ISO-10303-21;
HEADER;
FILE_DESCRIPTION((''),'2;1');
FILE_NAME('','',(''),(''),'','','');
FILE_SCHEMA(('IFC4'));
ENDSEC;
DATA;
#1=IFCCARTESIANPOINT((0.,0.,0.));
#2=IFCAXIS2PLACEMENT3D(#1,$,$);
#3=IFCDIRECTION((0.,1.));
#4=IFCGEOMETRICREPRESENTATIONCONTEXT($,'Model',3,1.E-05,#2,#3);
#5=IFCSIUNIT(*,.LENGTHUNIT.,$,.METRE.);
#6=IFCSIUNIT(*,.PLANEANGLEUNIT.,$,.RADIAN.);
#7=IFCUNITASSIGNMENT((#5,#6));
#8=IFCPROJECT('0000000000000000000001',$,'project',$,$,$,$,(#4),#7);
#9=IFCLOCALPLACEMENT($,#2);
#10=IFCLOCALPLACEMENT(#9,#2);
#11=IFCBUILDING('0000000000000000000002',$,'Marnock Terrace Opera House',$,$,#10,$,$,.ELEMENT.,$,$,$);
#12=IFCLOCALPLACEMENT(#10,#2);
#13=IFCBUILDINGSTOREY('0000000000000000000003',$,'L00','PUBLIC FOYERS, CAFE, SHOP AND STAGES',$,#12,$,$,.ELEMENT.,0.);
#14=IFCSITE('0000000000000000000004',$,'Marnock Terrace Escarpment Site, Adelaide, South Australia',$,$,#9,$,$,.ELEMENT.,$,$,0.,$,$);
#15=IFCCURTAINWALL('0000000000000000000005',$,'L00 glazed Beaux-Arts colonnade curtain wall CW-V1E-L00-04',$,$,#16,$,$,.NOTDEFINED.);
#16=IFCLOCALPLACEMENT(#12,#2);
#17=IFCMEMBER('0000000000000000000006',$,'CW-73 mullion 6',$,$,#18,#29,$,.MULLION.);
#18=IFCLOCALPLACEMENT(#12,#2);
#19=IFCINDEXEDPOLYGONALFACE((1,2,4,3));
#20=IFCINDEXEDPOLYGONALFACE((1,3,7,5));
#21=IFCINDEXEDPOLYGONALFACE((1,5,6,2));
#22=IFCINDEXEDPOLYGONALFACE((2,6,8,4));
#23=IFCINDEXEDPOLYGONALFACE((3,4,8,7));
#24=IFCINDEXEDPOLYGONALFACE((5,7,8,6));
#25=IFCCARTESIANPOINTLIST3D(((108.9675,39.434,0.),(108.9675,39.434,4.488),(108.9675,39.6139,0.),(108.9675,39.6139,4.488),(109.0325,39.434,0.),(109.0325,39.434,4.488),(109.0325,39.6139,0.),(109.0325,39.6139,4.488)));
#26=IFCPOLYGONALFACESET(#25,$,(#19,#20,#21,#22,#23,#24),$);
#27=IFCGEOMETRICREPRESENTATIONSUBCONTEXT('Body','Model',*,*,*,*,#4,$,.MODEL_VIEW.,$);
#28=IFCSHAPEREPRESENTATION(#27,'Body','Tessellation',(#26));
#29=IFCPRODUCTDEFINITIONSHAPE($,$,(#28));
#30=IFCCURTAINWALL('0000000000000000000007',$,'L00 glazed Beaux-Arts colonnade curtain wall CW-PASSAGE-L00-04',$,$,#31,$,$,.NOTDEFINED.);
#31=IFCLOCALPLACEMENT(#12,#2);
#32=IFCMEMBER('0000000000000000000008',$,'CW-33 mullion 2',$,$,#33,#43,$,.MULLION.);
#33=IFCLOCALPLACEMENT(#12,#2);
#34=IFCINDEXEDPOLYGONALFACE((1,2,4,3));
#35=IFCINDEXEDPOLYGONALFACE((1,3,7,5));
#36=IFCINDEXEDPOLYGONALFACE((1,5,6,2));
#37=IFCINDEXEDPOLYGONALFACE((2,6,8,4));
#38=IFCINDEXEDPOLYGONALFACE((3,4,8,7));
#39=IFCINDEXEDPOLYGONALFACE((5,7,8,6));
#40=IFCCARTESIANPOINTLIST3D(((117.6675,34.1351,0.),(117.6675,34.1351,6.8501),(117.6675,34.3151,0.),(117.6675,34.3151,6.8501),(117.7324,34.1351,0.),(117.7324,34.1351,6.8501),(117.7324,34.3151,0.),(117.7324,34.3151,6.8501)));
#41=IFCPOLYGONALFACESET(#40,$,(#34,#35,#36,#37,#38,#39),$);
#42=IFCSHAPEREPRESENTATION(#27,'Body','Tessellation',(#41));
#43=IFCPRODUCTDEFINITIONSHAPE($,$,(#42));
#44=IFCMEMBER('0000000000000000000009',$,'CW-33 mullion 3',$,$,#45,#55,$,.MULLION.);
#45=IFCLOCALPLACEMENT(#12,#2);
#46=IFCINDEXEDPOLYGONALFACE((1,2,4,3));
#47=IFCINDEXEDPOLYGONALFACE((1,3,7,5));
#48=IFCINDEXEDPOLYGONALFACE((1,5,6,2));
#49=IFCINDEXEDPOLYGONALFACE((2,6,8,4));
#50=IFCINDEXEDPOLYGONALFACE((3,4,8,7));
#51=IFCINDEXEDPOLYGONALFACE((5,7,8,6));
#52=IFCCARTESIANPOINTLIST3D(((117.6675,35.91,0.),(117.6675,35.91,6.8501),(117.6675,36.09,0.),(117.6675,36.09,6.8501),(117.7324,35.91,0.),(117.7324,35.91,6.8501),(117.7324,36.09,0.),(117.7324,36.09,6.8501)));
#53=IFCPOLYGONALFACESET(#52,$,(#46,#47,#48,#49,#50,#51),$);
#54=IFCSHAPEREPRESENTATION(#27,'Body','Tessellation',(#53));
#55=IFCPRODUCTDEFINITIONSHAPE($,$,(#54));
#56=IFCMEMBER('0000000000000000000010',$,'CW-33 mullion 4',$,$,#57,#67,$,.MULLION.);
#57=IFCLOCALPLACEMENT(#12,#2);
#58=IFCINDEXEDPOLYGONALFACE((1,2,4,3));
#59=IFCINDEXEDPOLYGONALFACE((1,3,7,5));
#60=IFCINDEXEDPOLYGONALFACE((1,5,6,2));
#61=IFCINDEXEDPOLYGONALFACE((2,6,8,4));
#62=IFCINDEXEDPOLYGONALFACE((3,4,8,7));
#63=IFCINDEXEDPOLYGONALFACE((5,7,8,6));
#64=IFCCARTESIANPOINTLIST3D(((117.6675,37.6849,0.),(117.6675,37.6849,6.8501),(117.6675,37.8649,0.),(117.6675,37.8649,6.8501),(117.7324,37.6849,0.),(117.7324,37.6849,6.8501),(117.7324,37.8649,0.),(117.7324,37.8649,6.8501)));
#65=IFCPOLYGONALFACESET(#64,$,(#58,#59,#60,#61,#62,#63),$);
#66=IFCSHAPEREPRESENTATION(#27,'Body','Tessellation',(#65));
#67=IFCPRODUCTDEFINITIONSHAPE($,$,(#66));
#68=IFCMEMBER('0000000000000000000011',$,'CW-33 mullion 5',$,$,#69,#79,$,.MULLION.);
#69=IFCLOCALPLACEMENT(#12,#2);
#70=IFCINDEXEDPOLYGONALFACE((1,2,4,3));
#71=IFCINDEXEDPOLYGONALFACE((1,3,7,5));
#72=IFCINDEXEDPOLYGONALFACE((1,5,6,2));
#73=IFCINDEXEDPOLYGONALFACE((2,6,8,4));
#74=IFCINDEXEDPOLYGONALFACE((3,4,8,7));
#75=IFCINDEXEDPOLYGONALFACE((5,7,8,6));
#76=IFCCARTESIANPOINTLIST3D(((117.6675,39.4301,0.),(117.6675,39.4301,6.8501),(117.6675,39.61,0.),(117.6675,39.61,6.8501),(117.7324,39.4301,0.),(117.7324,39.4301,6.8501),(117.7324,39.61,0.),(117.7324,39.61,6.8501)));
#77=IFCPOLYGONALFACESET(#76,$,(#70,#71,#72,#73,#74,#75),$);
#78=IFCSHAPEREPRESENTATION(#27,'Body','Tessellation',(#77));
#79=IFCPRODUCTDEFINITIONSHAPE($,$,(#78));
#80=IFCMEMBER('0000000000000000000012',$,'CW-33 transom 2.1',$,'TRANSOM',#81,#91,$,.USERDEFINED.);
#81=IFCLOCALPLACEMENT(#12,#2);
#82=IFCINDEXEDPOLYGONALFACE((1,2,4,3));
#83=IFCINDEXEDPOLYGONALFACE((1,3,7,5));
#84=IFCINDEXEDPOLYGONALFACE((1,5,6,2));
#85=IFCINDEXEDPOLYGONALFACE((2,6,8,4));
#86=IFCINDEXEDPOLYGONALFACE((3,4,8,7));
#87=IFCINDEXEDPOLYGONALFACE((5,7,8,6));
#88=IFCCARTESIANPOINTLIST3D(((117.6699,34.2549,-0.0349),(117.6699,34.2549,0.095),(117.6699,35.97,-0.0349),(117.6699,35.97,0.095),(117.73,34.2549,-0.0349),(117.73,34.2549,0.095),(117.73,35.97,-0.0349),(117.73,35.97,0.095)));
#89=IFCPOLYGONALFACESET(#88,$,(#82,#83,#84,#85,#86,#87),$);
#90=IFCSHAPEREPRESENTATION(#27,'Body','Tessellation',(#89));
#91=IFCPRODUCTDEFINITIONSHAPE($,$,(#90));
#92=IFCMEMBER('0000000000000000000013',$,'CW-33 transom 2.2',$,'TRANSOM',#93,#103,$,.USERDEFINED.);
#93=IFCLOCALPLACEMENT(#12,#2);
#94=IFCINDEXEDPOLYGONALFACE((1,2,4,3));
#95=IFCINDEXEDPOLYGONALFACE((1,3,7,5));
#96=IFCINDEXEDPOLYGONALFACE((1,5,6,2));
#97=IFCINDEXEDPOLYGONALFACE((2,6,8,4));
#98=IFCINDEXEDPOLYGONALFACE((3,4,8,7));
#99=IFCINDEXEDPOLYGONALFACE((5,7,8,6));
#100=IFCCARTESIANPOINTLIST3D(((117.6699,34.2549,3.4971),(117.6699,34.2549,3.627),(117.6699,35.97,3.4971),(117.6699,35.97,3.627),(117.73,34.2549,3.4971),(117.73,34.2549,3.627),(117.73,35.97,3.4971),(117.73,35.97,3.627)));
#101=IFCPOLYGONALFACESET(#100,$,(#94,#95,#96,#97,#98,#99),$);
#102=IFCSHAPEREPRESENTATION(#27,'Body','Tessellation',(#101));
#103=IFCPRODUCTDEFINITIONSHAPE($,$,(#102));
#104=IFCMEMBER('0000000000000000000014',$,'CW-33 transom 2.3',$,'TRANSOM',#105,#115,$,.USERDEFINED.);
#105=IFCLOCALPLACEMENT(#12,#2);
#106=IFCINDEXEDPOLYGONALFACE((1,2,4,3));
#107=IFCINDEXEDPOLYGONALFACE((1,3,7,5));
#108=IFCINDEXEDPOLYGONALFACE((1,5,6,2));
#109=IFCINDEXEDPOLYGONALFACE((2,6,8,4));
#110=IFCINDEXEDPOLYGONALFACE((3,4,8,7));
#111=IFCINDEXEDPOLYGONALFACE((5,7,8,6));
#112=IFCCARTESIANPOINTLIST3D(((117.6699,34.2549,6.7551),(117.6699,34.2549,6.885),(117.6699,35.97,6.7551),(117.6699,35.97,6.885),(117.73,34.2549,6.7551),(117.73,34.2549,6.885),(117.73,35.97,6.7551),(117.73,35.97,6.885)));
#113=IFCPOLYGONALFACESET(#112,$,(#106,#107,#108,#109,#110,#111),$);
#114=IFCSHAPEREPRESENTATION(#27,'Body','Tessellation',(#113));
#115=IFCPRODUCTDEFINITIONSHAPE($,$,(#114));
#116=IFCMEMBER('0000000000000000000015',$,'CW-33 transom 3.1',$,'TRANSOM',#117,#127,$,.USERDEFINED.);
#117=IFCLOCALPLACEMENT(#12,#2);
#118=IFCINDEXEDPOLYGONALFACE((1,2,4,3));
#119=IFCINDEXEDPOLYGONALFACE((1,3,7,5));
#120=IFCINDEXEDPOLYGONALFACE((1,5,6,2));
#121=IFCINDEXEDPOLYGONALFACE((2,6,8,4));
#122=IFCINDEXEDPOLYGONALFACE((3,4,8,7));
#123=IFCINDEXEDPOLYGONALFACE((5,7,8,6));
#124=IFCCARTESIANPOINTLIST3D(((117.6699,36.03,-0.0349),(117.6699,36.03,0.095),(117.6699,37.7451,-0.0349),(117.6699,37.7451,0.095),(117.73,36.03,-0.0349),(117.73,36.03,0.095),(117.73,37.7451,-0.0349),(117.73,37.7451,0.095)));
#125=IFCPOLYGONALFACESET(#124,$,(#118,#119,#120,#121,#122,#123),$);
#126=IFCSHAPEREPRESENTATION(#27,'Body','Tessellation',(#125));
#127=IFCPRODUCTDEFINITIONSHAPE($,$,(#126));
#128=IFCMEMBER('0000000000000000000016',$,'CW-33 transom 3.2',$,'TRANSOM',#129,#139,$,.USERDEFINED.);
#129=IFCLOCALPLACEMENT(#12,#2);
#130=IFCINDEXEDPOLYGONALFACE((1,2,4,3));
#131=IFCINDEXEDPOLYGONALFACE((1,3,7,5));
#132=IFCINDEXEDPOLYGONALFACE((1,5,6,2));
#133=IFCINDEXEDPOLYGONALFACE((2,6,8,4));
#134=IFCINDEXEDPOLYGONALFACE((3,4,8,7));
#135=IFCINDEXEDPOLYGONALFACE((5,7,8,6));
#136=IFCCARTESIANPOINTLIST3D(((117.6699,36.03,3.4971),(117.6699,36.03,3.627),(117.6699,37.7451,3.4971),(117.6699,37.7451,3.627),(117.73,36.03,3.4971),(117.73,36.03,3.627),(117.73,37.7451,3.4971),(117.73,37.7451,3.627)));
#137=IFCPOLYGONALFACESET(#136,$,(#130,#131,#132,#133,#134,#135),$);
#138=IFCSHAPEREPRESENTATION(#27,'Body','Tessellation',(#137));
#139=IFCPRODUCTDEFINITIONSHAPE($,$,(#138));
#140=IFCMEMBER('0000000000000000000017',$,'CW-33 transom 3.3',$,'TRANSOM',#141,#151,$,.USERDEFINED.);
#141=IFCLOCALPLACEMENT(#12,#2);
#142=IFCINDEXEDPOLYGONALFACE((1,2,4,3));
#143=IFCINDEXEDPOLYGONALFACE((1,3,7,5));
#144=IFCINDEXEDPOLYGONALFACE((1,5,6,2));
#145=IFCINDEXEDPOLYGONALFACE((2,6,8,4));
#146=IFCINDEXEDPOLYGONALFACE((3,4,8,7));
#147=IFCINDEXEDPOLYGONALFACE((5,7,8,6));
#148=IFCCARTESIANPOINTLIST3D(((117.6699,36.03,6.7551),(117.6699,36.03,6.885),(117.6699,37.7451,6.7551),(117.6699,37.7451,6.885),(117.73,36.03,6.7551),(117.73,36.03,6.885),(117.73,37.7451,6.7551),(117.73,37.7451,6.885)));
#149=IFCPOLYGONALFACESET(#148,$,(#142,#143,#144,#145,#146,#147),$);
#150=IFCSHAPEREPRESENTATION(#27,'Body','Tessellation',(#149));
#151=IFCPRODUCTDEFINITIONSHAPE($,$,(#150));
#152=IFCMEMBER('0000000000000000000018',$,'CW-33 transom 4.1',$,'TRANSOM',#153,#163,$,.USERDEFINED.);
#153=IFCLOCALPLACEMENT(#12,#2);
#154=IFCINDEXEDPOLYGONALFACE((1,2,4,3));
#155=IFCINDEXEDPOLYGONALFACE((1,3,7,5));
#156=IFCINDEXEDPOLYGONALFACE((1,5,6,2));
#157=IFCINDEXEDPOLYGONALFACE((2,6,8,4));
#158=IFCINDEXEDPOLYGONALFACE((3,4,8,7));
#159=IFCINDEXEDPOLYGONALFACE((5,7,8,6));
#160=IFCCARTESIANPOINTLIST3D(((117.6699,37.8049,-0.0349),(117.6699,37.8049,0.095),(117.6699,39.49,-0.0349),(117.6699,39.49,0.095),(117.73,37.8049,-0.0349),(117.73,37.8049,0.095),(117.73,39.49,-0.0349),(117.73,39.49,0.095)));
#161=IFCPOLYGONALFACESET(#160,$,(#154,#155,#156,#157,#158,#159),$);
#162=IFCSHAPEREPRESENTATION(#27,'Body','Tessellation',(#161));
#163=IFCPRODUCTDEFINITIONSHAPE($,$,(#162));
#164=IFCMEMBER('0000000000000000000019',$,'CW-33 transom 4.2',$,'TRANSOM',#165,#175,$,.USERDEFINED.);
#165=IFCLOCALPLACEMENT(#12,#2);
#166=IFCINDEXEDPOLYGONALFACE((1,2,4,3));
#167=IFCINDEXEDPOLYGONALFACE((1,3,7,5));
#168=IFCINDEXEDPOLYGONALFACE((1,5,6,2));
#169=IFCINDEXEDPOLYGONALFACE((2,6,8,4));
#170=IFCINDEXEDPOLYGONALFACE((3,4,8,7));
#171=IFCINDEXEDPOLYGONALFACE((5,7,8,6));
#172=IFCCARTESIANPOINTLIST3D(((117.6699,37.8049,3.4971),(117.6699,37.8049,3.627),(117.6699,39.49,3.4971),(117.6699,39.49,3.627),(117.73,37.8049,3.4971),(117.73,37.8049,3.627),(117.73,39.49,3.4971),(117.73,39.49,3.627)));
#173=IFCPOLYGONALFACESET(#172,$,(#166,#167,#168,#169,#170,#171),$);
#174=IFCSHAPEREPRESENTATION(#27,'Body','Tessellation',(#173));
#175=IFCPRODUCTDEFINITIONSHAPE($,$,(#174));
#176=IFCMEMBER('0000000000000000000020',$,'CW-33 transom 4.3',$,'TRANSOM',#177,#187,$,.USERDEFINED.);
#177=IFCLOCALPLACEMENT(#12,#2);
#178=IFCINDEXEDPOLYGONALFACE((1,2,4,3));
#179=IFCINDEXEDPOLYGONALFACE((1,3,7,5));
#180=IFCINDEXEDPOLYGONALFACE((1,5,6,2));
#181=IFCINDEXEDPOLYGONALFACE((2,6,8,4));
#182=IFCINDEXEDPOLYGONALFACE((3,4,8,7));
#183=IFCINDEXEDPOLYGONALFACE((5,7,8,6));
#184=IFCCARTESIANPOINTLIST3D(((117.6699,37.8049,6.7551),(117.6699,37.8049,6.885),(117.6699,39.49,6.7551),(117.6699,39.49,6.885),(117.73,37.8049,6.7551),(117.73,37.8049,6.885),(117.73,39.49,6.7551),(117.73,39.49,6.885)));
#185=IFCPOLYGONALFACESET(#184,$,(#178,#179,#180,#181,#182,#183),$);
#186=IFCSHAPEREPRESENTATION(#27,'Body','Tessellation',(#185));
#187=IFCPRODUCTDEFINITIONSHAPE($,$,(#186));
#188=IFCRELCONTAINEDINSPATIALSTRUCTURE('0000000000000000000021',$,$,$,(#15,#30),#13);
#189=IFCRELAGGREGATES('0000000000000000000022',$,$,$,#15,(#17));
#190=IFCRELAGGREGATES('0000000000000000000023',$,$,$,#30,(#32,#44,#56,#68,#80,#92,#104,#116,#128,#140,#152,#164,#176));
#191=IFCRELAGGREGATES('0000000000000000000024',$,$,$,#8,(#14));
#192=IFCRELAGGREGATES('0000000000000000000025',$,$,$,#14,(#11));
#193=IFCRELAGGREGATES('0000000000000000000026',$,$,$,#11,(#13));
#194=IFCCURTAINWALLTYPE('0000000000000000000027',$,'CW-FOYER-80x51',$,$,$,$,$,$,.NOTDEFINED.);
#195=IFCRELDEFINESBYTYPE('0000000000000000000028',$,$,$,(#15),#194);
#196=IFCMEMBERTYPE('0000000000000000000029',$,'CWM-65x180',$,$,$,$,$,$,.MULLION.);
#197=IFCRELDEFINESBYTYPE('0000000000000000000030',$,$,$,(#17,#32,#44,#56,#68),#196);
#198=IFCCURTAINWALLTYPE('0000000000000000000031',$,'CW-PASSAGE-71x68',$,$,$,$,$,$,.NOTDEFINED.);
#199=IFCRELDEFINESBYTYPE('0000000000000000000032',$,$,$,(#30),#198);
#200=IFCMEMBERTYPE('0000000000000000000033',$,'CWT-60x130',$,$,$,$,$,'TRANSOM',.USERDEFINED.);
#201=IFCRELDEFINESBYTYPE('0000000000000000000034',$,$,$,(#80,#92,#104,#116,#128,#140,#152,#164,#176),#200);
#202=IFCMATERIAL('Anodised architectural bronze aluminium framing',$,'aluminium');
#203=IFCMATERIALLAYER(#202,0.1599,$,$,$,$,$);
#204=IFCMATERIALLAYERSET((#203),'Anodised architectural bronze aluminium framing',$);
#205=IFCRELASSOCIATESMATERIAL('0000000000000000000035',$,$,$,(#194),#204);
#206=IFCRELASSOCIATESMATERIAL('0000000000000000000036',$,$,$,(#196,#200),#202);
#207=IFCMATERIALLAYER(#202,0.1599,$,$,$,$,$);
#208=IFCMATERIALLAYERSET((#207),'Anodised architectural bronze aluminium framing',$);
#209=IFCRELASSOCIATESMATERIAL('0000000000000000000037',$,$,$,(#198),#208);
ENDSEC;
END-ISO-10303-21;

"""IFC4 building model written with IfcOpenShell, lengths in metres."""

from ifc_helpers import new_model, si_unit, direction, frame, origin, origin_2d, place, context, subcontext, project, spatial, rectangle, extrude, material, layer, layer_set, material_profile, profile_set, type_object, element, aggregate, save


model = new_model("IFC4")

# Units and contexts
model_context = context("Model", 3, precision=1e-05, world=origin(), true_north=direction((0.0, 1.0)))
body_context = subcontext(model_context, "Body", "Model", "MODEL_VIEW")
ifc_project = project(units=[si_unit("LENGTHUNIT", "METRE"), si_unit("PLANEANGLEUNIT", "RADIAN")], contexts=[model_context])

# Site, building, storey
site_placement = place(None, origin())
site = spatial("IfcSite", under=ifc_project, at=site_placement, Name="Marnock Terrace Escarpment Site, Adelaide, South Australia", CompositionType="ELEMENT", RefElevation=0.0)
building_placement = place(site_placement, origin())
building = spatial("IfcBuilding", under=site, at=building_placement, Name="Marnock Terrace Opera House", CompositionType="ELEMENT")
storey_placement = place(building_placement, origin())
storey = spatial("IfcBuildingStorey", under=building, at=storey_placement, Name="L00", Description="PUBLIC FOYERS, CAFE, SHOP AND STAGES", CompositionType="ELEMENT", Elevation=0.0)

# Curtain wall, member
ifc_material_1 = material(Name="Anodised architectural bronze aluminium framing", Category="aluminium")
ifc_layer_1 = layer(ifc_material_1, 0.1599)
ifc_layer_set_1 = layer_set([ifc_layer_1], Name="Anodised architectural bronze aluminium framing")
curtain_wall_type_1 = type_object("IfcCurtainWallType", Name="CW-FOYER-80x51", PredefinedType="NOTDEFINED", material=ifc_layer_set_1)
curtain_wall_1_placement = place(storey_placement, origin())
curtain_wall_1 = element("IfcCurtainWall", 1, at=curtain_wall_1_placement, inside=storey, type_object=curtain_wall_type_1, Name="L00 glazed Beaux-Arts colonnade curtain wall CW-V1E-L00-04", PredefinedType="NOTDEFINED")
ifc_material_profile_1 = material_profile(ifc_material_1, rectangle(XDim=0.0649, YDim=0.1799, at=origin_2d()))
ifc_profile_set_1 = profile_set([ifc_material_profile_1], Name="Anodised architectural bronze aluminium framing")
member_type_1 = type_object("IfcMemberType", Name="CWM-65x180", PredefinedType="MULLION", material=ifc_profile_set_1)
member_1_placement = place(storey_placement, frame((109.0, 39.5239, 0.0), z_axis=(0.0, 0.0, 1.0), x_axis=(-1.0, 0.0, 0.0)))
member_1 = element("IfcMember", 2, at=member_1_placement, type_object=member_type_1, Name="CW-73 mullion 6", PredefinedType="MULLION", context=body_context, shape_type="SweptSolid", body=[
    extrude(rectangle(XDim=0.0649, YDim=0.1799, at=origin_2d()), origin(), (0.0, 0.0, 1.0), 4.488),
])

# Curtain wall, members
ifc_layer_2 = layer(ifc_material_1, 0.1599)
ifc_layer_set_2 = layer_set([ifc_layer_2], Name="Anodised architectural bronze aluminium framing")
curtain_wall_type_2 = type_object("IfcCurtainWallType", Name="CW-PASSAGE-71x68", PredefinedType="NOTDEFINED", material=ifc_layer_set_2)
curtain_wall_2_placement = place(storey_placement, origin())
curtain_wall_2 = element("IfcCurtainWall", 3, at=curtain_wall_2_placement, inside=storey, type_object=curtain_wall_type_2, Name="L00 glazed Beaux-Arts colonnade curtain wall CW-PASSAGE-L00-04", PredefinedType="NOTDEFINED")
member_2_placement = place(storey_placement, frame((117.7, 34.2251, 0.0), z_axis=(0.0, 0.0, 1.0), x_axis=(-1.0, 0.0, 0.0)))
member_2 = element("IfcMember", 4, at=member_2_placement, type_object=member_type_1, Name="CW-33 mullion 2", PredefinedType="MULLION", context=body_context, shape_type="SweptSolid", body=[
    extrude(rectangle(XDim=0.0649, YDim=0.1799, at=origin_2d()), origin(), (0.0, 0.0, 1.0), 6.8501),
])
member_3_placement = place(storey_placement, frame((117.7, 36.0, 0.0), z_axis=(0.0, 0.0, 1.0), x_axis=(-1.0, 0.0, 0.0)))
member_3 = element("IfcMember", 5, at=member_3_placement, type_object=member_type_1, Name="CW-33 mullion 3", PredefinedType="MULLION", context=body_context, shape_type="SweptSolid", body=[
    extrude(rectangle(XDim=0.0649, YDim=0.1799, at=origin_2d()), origin(), (0.0, 0.0, 1.0), 6.8501),
])
member_4_placement = place(storey_placement, frame((117.7, 37.7749, 0.0), z_axis=(0.0, 0.0, 1.0), x_axis=(-1.0, 0.0, 0.0)))
member_4 = element("IfcMember", 6, at=member_4_placement, type_object=member_type_1, Name="CW-33 mullion 4", PredefinedType="MULLION", context=body_context, shape_type="SweptSolid", body=[
    extrude(rectangle(XDim=0.0649, YDim=0.1799, at=origin_2d()), origin(), (0.0, 0.0, 1.0), 6.8501),
])
member_5_placement = place(storey_placement, frame((117.7, 39.52, 0.0), z_axis=(0.0, 0.0, 1.0), x_axis=(-1.0, 0.0, 0.0)))
member_5 = element("IfcMember", 7, at=member_5_placement, type_object=member_type_1, Name="CW-33 mullion 5", PredefinedType="MULLION", context=body_context, shape_type="SweptSolid", body=[
    extrude(rectangle(XDim=0.0649, YDim=0.1799, at=origin_2d()), origin(), (0.0, 0.0, 1.0), 6.8501),
])
ifc_material_profile_2 = material_profile(ifc_material_1, rectangle(XDim=0.0601, YDim=0.1299, at=origin_2d()))
ifc_profile_set_2 = profile_set([ifc_material_profile_2], Name="Anodised architectural bronze aluminium framing")
member_type_2 = type_object("IfcMemberType", Name="CWT-60x130", ElementType="TRANSOM", PredefinedType="USERDEFINED", material=ifc_profile_set_2)
member_6_placement = place(storey_placement, frame((117.7, 34.2549, 0.03), z_axis=(0.0, 1.0, 0.0), x_axis=(-1.0, 0.0, 0.0)))
member_6 = element("IfcMember", 8, at=member_6_placement, type_object=member_type_2, Name="CW-33 transom 2.1", ObjectType="TRANSOM", PredefinedType="USERDEFINED", context=body_context, shape_type="SweptSolid", body=[
    extrude(rectangle(XDim=0.0601, YDim=0.1299, at=origin_2d()), origin(), (0.0, 0.0, 1.0), 1.7151),
])
member_7_placement = place(storey_placement, frame((117.7, 34.2549, 3.562), z_axis=(0.0, 1.0, 0.0), x_axis=(-1.0, 0.0, 0.0)))
member_7 = element("IfcMember", 9, at=member_7_placement, type_object=member_type_2, Name="CW-33 transom 2.2", ObjectType="TRANSOM", PredefinedType="USERDEFINED", context=body_context, shape_type="SweptSolid", body=[
    extrude(rectangle(XDim=0.0601, YDim=0.1299, at=origin_2d()), origin(), (0.0, 0.0, 1.0), 1.7151),
])
member_8_placement = place(storey_placement, frame((117.7, 34.2549, 6.8201), z_axis=(0.0, 1.0, 0.0), x_axis=(-1.0, 0.0, 0.0)))
member_8 = element("IfcMember", 10, at=member_8_placement, type_object=member_type_2, Name="CW-33 transom 2.3", ObjectType="TRANSOM", PredefinedType="USERDEFINED", context=body_context, shape_type="SweptSolid", body=[
    extrude(rectangle(XDim=0.0601, YDim=0.1299, at=origin_2d()), origin(), (0.0, 0.0, 1.0), 1.7151),
])
member_9_placement = place(storey_placement, frame((117.7, 36.03, 0.03), z_axis=(0.0, 1.0, 0.0), x_axis=(-1.0, 0.0, 0.0)))
member_9 = element("IfcMember", 11, at=member_9_placement, type_object=member_type_2, Name="CW-33 transom 3.1", ObjectType="TRANSOM", PredefinedType="USERDEFINED", context=body_context, shape_type="SweptSolid", body=[
    extrude(rectangle(XDim=0.0601, YDim=0.1299, at=origin_2d()), origin(), (0.0, 0.0, 1.0), 1.7151),
])
member_10_placement = place(storey_placement, frame((117.7, 36.03, 3.562), z_axis=(0.0, 1.0, 0.0), x_axis=(-1.0, 0.0, 0.0)))
member_10 = element("IfcMember", 12, at=member_10_placement, type_object=member_type_2, Name="CW-33 transom 3.2", ObjectType="TRANSOM", PredefinedType="USERDEFINED", context=body_context, shape_type="SweptSolid", body=[
    extrude(rectangle(XDim=0.0601, YDim=0.1299, at=origin_2d()), origin(), (0.0, 0.0, 1.0), 1.7151),
])
member_11_placement = place(storey_placement, frame((117.7, 36.03, 6.8201), z_axis=(0.0, 1.0, 0.0), x_axis=(-1.0, 0.0, 0.0)))
member_11 = element("IfcMember", 13, at=member_11_placement, type_object=member_type_2, Name="CW-33 transom 3.3", ObjectType="TRANSOM", PredefinedType="USERDEFINED", context=body_context, shape_type="SweptSolid", body=[
    extrude(rectangle(XDim=0.0601, YDim=0.1299, at=origin_2d()), origin(), (0.0, 0.0, 1.0), 1.7151),
])
member_12_placement = place(storey_placement, frame((117.7, 37.8049, 0.03), z_axis=(0.0, 1.0, 0.0), x_axis=(-1.0, 0.0, 0.0)))
member_12 = element("IfcMember", 14, at=member_12_placement, type_object=member_type_2, Name="CW-33 transom 4.1", ObjectType="TRANSOM", PredefinedType="USERDEFINED", context=body_context, shape_type="SweptSolid", body=[
    extrude(rectangle(XDim=0.0601, YDim=0.1299, at=origin_2d()), origin(), (0.0, 0.0, 1.0), 1.6851),
])
member_13_placement = place(storey_placement, frame((117.7, 37.8049, 3.562), z_axis=(0.0, 1.0, 0.0), x_axis=(-1.0, 0.0, 0.0)))
member_13 = element("IfcMember", 15, at=member_13_placement, type_object=member_type_2, Name="CW-33 transom 4.2", ObjectType="TRANSOM", PredefinedType="USERDEFINED", context=body_context, shape_type="SweptSolid", body=[
    extrude(rectangle(XDim=0.0601, YDim=0.1299, at=origin_2d()), origin(), (0.0, 0.0, 1.0), 1.6851),
])
member_14_placement = place(storey_placement, frame((117.7, 37.8049, 6.8201), z_axis=(0.0, 1.0, 0.0), x_axis=(-1.0, 0.0, 0.0)))
member_14 = element("IfcMember", 16, at=member_14_placement, type_object=member_type_2, Name="CW-33 transom 4.3", ObjectType="TRANSOM", PredefinedType="USERDEFINED", context=body_context, shape_type="SweptSolid", body=[
    extrude(rectangle(XDim=0.0601, YDim=0.1299, at=origin_2d()), origin(), (0.0, 0.0, 1.0), 1.6851),
])

aggregate(curtain_wall_1, [member_1])
aggregate(curtain_wall_2, [member_2, member_3, member_4, member_5, member_6, member_7, member_8, member_9, member_10, member_11, member_12, member_13, member_14])

save(model, "model.ifc")
